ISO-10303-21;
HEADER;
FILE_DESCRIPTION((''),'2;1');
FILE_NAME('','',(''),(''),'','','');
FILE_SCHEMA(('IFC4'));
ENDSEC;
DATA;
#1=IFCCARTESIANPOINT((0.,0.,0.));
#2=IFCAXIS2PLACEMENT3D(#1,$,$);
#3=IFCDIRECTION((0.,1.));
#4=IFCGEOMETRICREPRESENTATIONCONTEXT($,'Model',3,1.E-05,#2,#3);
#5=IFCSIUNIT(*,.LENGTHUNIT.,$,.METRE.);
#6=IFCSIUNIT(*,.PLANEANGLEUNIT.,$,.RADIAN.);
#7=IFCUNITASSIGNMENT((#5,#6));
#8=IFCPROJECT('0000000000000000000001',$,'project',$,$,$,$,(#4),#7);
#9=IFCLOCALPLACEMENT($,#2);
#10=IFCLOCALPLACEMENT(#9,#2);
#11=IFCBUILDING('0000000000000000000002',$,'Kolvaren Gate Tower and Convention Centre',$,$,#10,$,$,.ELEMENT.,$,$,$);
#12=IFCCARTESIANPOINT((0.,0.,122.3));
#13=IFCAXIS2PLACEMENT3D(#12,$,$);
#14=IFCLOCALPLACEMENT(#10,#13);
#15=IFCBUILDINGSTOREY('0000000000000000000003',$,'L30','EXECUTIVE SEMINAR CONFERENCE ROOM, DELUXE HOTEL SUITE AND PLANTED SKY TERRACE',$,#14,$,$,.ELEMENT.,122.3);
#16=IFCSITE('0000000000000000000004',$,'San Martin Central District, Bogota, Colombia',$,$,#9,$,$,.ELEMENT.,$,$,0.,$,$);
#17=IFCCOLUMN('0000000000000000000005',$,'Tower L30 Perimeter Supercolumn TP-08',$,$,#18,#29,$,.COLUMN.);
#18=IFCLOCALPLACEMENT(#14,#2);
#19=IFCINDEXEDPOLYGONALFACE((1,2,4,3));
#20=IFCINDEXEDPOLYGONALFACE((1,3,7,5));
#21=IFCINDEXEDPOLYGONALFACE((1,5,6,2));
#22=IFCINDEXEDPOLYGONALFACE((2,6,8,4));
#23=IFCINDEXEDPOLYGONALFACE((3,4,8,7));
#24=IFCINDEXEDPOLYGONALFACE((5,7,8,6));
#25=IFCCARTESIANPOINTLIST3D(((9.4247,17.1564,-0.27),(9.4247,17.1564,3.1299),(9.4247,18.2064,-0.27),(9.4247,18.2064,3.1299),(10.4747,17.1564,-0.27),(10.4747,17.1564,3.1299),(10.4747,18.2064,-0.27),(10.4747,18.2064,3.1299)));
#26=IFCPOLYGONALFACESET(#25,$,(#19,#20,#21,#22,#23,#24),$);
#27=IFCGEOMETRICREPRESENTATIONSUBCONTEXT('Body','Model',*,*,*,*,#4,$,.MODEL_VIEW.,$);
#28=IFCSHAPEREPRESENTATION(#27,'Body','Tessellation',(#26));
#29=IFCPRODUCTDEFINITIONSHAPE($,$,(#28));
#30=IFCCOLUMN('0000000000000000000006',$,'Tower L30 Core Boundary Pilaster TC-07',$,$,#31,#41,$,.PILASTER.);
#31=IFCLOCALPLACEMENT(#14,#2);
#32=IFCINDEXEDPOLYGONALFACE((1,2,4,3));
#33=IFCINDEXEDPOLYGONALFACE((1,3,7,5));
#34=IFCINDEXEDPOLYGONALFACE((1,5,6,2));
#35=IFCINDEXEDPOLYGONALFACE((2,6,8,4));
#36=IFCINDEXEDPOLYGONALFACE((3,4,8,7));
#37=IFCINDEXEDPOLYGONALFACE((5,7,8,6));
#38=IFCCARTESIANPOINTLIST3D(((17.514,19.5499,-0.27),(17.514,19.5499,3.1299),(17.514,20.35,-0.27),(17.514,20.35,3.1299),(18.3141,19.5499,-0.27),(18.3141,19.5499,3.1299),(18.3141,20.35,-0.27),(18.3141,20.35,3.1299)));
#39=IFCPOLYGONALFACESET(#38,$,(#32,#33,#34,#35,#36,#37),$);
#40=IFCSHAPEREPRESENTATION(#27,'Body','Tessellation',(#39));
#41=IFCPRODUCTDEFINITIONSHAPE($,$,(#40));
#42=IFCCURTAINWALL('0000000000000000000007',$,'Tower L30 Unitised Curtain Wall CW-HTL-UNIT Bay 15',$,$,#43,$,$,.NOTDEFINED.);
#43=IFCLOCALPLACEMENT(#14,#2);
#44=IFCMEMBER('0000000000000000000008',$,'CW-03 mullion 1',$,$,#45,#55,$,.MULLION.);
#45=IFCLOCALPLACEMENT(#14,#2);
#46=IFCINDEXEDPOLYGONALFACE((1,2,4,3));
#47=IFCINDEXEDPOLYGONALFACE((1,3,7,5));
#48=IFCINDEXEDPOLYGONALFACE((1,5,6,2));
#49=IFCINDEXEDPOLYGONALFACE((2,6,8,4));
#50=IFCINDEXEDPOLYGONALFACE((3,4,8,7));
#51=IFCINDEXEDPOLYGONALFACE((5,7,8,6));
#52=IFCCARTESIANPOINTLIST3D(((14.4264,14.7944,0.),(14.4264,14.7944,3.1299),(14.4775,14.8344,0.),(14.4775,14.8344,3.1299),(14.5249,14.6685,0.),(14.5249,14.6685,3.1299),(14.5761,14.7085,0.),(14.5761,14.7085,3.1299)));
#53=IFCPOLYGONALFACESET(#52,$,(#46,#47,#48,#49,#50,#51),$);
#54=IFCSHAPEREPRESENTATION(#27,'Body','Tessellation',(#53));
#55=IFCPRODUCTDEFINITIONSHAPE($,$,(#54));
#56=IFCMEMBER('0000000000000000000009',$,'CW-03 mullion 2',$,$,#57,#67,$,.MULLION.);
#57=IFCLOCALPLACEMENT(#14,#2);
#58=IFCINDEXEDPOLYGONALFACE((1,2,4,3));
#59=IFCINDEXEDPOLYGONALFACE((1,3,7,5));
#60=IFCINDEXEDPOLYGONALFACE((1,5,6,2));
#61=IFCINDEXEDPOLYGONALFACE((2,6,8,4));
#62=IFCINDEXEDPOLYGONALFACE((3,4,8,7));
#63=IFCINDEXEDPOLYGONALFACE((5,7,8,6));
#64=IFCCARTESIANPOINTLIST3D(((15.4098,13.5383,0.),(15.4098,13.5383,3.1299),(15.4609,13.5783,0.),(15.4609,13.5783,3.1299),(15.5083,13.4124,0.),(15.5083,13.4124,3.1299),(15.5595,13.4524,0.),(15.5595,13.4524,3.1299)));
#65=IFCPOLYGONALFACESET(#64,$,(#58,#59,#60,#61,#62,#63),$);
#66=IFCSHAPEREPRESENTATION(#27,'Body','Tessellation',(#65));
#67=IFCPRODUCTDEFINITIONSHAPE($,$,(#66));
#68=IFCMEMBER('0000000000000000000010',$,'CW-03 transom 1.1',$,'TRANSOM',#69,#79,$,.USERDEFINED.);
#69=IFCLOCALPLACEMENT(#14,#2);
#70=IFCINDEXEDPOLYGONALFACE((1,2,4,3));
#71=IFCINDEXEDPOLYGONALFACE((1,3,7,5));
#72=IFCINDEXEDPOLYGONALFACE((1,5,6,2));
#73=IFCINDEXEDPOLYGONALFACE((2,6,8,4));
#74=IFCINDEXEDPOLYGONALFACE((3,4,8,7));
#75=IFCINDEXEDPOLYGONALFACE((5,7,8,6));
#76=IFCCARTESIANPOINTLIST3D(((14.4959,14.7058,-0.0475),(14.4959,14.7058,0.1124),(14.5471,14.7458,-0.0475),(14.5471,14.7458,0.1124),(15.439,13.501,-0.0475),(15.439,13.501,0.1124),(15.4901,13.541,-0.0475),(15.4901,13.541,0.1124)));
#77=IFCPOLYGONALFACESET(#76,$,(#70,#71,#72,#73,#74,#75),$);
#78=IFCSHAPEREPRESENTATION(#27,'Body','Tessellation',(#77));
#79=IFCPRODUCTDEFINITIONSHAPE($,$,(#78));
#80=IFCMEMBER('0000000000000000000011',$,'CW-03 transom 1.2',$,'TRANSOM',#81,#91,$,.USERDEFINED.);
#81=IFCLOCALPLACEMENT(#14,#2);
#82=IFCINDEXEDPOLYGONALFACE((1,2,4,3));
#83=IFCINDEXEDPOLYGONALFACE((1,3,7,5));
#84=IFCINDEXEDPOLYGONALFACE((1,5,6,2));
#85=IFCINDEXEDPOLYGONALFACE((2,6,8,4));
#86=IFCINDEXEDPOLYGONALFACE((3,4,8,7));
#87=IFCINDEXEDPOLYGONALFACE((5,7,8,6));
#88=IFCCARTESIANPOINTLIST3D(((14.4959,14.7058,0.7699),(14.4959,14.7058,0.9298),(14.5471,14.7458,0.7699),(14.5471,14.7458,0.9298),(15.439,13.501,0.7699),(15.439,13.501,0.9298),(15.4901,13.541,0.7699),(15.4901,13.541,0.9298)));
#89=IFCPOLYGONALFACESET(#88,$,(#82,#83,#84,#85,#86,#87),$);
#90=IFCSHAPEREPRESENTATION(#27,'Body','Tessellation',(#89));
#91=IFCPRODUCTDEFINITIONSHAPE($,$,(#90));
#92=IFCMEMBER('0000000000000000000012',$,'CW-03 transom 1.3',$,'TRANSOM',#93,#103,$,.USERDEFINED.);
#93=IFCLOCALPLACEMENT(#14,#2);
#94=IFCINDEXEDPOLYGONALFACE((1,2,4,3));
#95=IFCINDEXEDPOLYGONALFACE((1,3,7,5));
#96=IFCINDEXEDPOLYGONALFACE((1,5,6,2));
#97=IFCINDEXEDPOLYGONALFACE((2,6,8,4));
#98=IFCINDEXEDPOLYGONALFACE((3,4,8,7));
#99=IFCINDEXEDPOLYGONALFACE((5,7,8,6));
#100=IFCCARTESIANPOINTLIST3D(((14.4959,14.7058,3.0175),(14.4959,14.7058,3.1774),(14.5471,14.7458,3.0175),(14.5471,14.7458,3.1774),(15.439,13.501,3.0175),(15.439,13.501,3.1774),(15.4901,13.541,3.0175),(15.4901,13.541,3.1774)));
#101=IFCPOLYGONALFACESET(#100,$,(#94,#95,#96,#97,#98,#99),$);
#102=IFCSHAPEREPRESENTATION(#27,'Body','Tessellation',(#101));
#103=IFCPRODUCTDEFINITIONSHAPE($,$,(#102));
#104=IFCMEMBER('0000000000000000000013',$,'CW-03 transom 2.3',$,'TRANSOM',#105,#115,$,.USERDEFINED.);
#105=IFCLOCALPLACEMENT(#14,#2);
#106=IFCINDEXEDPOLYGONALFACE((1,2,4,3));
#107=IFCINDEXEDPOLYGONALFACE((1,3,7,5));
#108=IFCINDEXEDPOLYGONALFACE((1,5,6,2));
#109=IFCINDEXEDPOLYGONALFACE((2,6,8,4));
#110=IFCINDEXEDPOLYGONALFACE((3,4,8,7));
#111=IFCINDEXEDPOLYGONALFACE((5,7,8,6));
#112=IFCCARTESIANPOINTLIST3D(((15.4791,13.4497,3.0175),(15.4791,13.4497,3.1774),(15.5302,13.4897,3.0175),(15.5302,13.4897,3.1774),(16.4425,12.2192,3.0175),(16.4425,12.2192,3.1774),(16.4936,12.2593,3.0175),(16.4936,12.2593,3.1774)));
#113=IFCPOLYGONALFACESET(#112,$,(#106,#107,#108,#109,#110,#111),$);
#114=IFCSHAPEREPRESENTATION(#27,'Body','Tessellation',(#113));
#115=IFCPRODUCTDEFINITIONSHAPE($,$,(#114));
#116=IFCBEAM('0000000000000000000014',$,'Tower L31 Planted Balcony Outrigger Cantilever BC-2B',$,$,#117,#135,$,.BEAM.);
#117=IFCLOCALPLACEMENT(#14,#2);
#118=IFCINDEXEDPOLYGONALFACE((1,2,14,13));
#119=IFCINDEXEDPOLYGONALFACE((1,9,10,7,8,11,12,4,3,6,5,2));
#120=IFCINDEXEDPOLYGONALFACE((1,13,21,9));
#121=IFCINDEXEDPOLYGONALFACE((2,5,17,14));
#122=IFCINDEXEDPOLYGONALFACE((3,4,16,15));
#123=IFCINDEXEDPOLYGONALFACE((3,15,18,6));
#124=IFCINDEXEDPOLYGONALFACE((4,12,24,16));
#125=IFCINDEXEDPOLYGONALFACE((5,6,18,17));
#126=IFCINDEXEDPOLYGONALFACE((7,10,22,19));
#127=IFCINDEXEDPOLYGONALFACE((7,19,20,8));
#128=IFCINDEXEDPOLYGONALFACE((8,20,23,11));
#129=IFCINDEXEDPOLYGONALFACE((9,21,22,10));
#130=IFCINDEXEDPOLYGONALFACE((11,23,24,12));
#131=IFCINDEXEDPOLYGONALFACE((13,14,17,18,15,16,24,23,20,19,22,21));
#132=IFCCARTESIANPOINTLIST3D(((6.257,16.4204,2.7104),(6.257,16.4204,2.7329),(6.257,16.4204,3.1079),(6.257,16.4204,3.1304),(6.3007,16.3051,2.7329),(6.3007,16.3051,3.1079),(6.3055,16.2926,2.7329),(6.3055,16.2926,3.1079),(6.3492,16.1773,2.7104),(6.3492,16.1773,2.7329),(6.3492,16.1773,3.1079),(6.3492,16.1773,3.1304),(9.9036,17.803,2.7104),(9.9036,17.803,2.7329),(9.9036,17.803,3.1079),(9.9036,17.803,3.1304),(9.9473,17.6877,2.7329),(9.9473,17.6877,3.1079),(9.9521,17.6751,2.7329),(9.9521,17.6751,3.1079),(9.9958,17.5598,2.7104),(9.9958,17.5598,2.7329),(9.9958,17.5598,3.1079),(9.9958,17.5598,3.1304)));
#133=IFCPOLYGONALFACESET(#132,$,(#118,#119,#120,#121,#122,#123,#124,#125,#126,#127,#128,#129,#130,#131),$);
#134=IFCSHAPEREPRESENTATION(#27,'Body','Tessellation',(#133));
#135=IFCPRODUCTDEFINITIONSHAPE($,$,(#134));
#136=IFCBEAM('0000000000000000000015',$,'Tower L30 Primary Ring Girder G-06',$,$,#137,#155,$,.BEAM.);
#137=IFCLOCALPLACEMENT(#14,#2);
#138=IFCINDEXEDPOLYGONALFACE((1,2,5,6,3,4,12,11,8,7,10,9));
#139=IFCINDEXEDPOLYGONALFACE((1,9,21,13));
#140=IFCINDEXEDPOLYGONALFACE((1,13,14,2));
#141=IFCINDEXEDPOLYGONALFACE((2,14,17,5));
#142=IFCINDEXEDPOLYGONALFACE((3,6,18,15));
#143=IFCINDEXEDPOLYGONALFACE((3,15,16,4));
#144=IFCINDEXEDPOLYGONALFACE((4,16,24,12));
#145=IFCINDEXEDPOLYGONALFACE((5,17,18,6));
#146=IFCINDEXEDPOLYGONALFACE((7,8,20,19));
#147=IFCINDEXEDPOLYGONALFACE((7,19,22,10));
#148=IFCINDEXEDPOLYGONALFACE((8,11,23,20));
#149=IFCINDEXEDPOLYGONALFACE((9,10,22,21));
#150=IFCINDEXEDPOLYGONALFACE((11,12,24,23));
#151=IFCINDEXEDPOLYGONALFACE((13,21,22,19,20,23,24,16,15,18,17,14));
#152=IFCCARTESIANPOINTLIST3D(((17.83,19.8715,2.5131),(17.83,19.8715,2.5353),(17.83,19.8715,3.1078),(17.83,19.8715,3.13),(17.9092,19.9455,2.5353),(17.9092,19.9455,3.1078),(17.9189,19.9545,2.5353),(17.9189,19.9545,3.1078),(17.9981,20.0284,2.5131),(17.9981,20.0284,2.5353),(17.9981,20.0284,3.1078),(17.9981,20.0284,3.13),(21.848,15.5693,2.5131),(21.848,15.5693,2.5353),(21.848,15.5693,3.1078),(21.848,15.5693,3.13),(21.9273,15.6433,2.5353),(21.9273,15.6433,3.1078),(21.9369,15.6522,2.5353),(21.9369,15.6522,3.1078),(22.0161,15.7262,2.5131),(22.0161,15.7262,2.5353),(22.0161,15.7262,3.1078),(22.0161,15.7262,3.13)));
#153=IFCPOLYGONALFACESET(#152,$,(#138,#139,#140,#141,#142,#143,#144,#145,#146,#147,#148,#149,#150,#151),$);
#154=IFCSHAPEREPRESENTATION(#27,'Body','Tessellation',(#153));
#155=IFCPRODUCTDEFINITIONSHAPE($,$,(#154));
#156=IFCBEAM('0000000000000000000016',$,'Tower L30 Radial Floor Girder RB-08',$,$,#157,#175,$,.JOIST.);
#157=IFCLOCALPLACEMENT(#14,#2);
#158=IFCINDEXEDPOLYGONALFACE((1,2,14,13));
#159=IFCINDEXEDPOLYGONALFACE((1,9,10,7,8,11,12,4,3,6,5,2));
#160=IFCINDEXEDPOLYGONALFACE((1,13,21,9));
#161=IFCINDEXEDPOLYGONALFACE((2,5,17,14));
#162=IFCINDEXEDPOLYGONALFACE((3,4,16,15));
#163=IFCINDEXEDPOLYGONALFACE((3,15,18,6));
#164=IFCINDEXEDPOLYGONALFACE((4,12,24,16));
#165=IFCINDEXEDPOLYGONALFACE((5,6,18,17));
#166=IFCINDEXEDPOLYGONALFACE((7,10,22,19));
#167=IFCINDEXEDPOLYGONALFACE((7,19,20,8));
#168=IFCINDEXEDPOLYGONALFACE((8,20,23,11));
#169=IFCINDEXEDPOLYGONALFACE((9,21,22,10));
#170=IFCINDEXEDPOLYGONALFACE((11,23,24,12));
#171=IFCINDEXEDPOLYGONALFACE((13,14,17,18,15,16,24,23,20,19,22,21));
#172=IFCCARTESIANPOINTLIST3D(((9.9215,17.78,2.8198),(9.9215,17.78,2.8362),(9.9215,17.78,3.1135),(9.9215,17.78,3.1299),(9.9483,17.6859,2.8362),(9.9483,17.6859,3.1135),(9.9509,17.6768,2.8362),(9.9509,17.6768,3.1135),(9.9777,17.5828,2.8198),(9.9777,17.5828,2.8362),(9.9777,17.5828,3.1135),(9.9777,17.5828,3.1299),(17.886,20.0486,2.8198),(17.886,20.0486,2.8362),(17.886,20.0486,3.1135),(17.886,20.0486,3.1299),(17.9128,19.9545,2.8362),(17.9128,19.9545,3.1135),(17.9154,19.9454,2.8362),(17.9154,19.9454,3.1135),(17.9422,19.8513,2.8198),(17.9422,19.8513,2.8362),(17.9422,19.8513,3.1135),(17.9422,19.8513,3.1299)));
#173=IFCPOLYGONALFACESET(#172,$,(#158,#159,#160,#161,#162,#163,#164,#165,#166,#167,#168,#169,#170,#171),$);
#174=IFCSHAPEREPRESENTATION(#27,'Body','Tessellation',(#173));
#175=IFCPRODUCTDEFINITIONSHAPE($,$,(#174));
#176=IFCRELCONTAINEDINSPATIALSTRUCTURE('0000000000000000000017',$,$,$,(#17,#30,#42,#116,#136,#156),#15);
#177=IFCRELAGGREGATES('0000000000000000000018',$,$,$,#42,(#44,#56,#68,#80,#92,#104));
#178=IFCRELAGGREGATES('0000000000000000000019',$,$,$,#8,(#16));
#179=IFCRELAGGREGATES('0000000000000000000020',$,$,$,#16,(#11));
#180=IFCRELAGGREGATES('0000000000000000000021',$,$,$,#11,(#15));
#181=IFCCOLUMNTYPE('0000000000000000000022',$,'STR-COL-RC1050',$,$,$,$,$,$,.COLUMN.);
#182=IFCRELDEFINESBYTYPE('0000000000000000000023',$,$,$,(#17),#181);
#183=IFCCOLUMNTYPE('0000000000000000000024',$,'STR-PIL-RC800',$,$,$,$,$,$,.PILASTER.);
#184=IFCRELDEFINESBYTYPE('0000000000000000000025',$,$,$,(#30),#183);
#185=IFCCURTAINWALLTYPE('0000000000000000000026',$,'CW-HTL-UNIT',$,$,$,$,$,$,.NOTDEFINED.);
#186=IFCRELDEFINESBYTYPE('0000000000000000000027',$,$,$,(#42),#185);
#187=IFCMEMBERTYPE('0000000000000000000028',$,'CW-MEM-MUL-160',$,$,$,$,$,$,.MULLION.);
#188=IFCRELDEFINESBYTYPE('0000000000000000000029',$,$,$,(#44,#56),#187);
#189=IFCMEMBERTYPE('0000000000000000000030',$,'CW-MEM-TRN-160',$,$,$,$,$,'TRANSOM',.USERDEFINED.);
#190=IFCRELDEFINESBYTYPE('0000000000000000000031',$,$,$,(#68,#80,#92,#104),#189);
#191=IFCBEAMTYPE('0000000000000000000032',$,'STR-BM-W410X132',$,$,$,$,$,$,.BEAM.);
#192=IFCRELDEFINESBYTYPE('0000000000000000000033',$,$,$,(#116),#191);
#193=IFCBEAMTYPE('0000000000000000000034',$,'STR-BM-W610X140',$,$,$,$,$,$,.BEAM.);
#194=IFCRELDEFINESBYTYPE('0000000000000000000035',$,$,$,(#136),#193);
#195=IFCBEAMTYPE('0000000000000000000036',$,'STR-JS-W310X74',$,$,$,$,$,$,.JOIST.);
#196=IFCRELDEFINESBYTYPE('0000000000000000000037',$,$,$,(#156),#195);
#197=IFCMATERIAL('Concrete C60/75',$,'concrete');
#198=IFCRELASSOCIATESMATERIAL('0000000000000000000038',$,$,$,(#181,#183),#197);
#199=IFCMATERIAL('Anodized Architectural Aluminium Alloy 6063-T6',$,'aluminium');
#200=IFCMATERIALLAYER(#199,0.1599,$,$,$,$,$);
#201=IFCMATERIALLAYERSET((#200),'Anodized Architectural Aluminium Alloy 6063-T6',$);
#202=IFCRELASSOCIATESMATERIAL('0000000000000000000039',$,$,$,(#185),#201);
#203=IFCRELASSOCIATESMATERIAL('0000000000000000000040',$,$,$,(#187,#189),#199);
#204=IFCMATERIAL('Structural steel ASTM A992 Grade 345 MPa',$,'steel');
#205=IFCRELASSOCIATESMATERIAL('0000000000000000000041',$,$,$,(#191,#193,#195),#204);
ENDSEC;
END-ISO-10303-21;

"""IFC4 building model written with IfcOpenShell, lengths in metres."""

from ifc_helpers import new_model, si_unit, direction, frame, origin, origin_2d, place, context, subcontext, project, spatial, rectangle, i_section, extrude, material, layer, layer_set, material_profile, profile_set, type_object, element, aggregate, save


model = new_model("IFC4")

# Units and contexts
model_context = context("Model", 3, precision=1e-05, world=origin(), true_north=direction((0.0, 1.0)))
body_context = subcontext(model_context, "Body", "Model", "MODEL_VIEW")
ifc_project = project(units=[si_unit("LENGTHUNIT", "METRE"), si_unit("PLANEANGLEUNIT", "RADIAN")], contexts=[model_context])

# Site, building, storey
site_placement = place(None, origin())
site = spatial("IfcSite", under=ifc_project, at=site_placement, Name="San Martin Central District, Bogota, Colombia", CompositionType="ELEMENT", RefElevation=0.0)
building_placement = place(site_placement, origin())
building = spatial("IfcBuilding", under=site, at=building_placement, Name="Kolvaren Gate Tower and Convention Centre", CompositionType="ELEMENT")
storey_placement = place(building_placement, frame((0.0, 0.0, 122.3)))
storey = spatial("IfcBuildingStorey", under=building, at=storey_placement, Name="L30", Description="EXECUTIVE SEMINAR CONFERENCE ROOM, DELUXE HOTEL SUITE AND PLANTED SKY TERRACE", CompositionType="ELEMENT", Elevation=122.3)

# Columns
ifc_material_1 = material(Name="Concrete C60/75", Category="concrete")
ifc_material_profile_1 = material_profile(ifc_material_1, rectangle(XDim=1.05, YDim=1.05, at=origin_2d()), Name="RC-COL-1050X1050")
ifc_profile_set_1 = profile_set([ifc_material_profile_1], Name="Concrete C60/75")
column_type_1 = type_object("IfcColumnType", Name="STR-COL-RC1050", PredefinedType="COLUMN", material=ifc_profile_set_1)
column_1_placement = place(storey_placement, frame((9.9497, 17.6814, -0.27), z_axis=(0.0, 0.0, 1.0), x_axis=(1.0, 0.0, 0.0)))
element("IfcColumn", 1, at=column_1_placement, inside=storey, type_object=column_type_1, Name="Tower L30 Perimeter Supercolumn TP-08", PredefinedType="COLUMN", context=body_context, shape_type="SweptSolid", body=[
    extrude(rectangle(XDim=1.05, YDim=1.05, at=origin_2d()), origin(), (0.0, 0.0, 1.0), 3.3999),
])
ifc_material_profile_2 = material_profile(ifc_material_1, rectangle(XDim=0.8, YDim=0.8, at=origin_2d()), Name="RC-COL-800X800")
ifc_profile_set_2 = profile_set([ifc_material_profile_2], Name="Concrete C60/75")
column_type_2 = type_object("IfcColumnType", Name="STR-PIL-RC800", PredefinedType="PILASTER", material=ifc_profile_set_2)
column_2_placement = place(storey_placement, frame((17.9141, 19.95, -0.27), z_axis=(0.0, 0.0, 1.0), x_axis=(1.0, 0.0, 0.0)))
element("IfcColumn", 2, at=column_2_placement, inside=storey, type_object=column_type_2, Name="Tower L30 Core Boundary Pilaster TC-07", PredefinedType="PILASTER", context=body_context, shape_type="SweptSolid", body=[
    extrude(rectangle(XDim=0.8, YDim=0.8, at=origin_2d()), origin(), (0.0, 0.0, 1.0), 3.3999),
])

# Curtain wall, members
ifc_material_2 = material(Name="Anodized Architectural Aluminium Alloy 6063-T6", Category="aluminium")
ifc_layer_1 = layer(ifc_material_2, 0.1599)
ifc_layer_set_1 = layer_set([ifc_layer_1], Name="Anodized Architectural Aluminium Alloy 6063-T6")
curtain_wall_type = type_object("IfcCurtainWallType", Name="CW-HTL-UNIT", PredefinedType="NOTDEFINED", material=ifc_layer_set_1)
curtain_wall_placement = place(storey_placement, origin())
curtain_wall = element("IfcCurtainWall", 3, at=curtain_wall_placement, inside=storey, type_object=curtain_wall_type, Name="Tower L30 Unitised Curtain Wall CW-HTL-UNIT Bay 15", PredefinedType="NOTDEFINED")
ifc_material_profile_3 = material_profile(ifc_material_2, rectangle(XDim=0.0649, YDim=0.1599, at=origin_2d()), Name="CW-MEM-MUL-160")
ifc_profile_set_3 = profile_set([ifc_material_profile_3], Name="Anodized Architectural Aluminium Alloy 6063-T6")
member_type_1 = type_object("IfcMemberType", Name="CW-MEM-MUL-160", PredefinedType="MULLION", material=ifc_profile_set_3)
member_1_placement = place(storey_placement, frame((14.5012, 14.7515, 0.0), z_axis=(0.0, 0.0, 1.0), x_axis=(0.787411, 0.616429, 0.0)))
member_1 = element("IfcMember", 4, at=member_1_placement, type_object=member_type_1, Name="CW-03 mullion 1", PredefinedType="MULLION", context=body_context, shape_type="SweptSolid", body=[
    extrude(rectangle(XDim=0.0649, YDim=0.1599, at=origin_2d()), origin(), (0.0, 0.0, 1.0), 3.1299),
])
member_2_placement = place(storey_placement, frame((15.4846, 13.4954, 0.0), z_axis=(0.0, 0.0, 1.0), x_axis=(0.787411, 0.616429, 0.0)))
member_2 = element("IfcMember", 5, at=member_2_placement, type_object=member_type_1, Name="CW-03 mullion 2", PredefinedType="MULLION", context=body_context, shape_type="SweptSolid", body=[
    extrude(rectangle(XDim=0.0649, YDim=0.1599, at=origin_2d()), origin(), (0.0, 0.0, 1.0), 3.1299),
])
ifc_material_profile_4 = material_profile(ifc_material_2, rectangle(XDim=0.0649, YDim=0.1599, at=origin_2d()), Name="CW-MEM-TRN-160")
ifc_profile_set_4 = profile_set([ifc_material_profile_4], Name="Anodized Architectural Aluminium Alloy 6063-T6")
member_type_2 = type_object("IfcMemberType", Name="CW-MEM-TRN-160", ElementType="TRANSOM", PredefinedType="USERDEFINED", material=ifc_profile_set_4)
member_3_placement = place(storey_placement, frame((14.5215, 14.7258, 0.0325), z_axis=(0.61639, -0.787441, 0.0), x_axis=(0.787441, 0.61639, 0.0)))
member_3 = element("IfcMember", 6, at=member_3_placement, type_object=member_type_2, Name="CW-03 transom 1.1", ObjectType="TRANSOM", PredefinedType="USERDEFINED", context=body_context, shape_type="SweptSolid", body=[
    extrude(rectangle(XDim=0.0649, YDim=0.1599, at=origin_2d()), origin(), (0.0, 0.0, 1.0), 1.53),
])
member_4_placement = place(storey_placement, frame((14.5215, 14.7258, 0.8499), z_axis=(0.61639, -0.787441, 0.0), x_axis=(0.787441, 0.61639, 0.0)))
member_4 = element("IfcMember", 7, at=member_4_placement, type_object=member_type_2, Name="CW-03 transom 1.2", ObjectType="TRANSOM", PredefinedType="USERDEFINED", context=body_context, shape_type="SweptSolid", body=[
    extrude(rectangle(XDim=0.0649, YDim=0.1599, at=origin_2d()), origin(), (0.0, 0.0, 1.0), 1.53),
])
member_5_placement = place(storey_placement, frame((14.5215, 14.7258, 3.0974), z_axis=(0.61639, -0.787441, 0.0), x_axis=(0.787441, 0.61639, 0.0)))
member_5 = element("IfcMember", 8, at=member_5_placement, type_object=member_type_2, Name="CW-03 transom 1.3", ObjectType="TRANSOM", PredefinedType="USERDEFINED", context=body_context, shape_type="SweptSolid", body=[
    extrude(rectangle(XDim=0.0649, YDim=0.1599, at=origin_2d()), origin(), (0.0, 0.0, 1.0), 1.53),
])
member_6_placement = place(storey_placement, frame((15.5046, 13.4697, 3.0974), z_axis=(0.616468, -0.78738, 0.0), x_axis=(0.78738, 0.616468, 0.0)))
member_6 = element("IfcMember", 9, at=member_6_placement, type_object=member_type_2, Name="CW-03 transom 2.3", ObjectType="TRANSOM", PredefinedType="USERDEFINED", context=body_context, shape_type="SweptSolid", body=[
    extrude(rectangle(XDim=0.0649, YDim=0.1599, at=origin_2d()), origin(), (0.0, 0.0, 1.0), 1.5627),
])

# Beams
ifc_material_3 = material(Name="Structural steel ASTM A992 Grade 345 MPa", Category="steel")
ifc_material_profile_5 = material_profile(ifc_material_3, i_section(OverallWidth=0.26, OverallDepth=0.4199, WebThickness=0.0134, FlangeThickness=0.0225, at=origin_2d()), Name="W410X132")
ifc_profile_set_5 = profile_set([ifc_material_profile_5], Name="Structural steel ASTM A992 Grade 345 MPa")
beam_type_1 = type_object("IfcBeamType", Name="STR-BM-W410X132", PredefinedType="BEAM", material=ifc_profile_set_5)
beam_1_placement = place(storey_placement, frame((9.9497, 17.6814, 2.9204), z_axis=(-0.935055, -0.354503, 0.0), x_axis=(0.354503, -0.935055, 0.0)))
element("IfcBeam", 10, at=beam_1_placement, inside=storey, type_object=beam_type_1, Name="Tower L31 Planted Balcony Outrigger Cantilever BC-2B", PredefinedType="BEAM", context=body_context, shape_type="SweptSolid", body=[
    extrude(i_section(OverallWidth=0.26, OverallDepth=0.4199, WebThickness=0.0134, FlangeThickness=0.0225, at=origin_2d()), origin(), (0.0, 0.0, 1.0), 3.8999),
])
ifc_material_profile_6 = material_profile(ifc_material_3, i_section(OverallWidth=0.23, OverallDepth=0.6169, WebThickness=0.0132, FlangeThickness=0.0222, at=origin_2d()), Name="W610X140")
ifc_profile_set_6 = profile_set([ifc_material_profile_6], Name="Structural steel ASTM A992 Grade 345 MPa")
beam_type_2 = type_object("IfcBeamType", Name="STR-BM-W610X140", PredefinedType="BEAM", material=ifc_profile_set_6)
beam_2_placement = place(storey_placement, frame((17.9141, 19.95, 2.8215), z_axis=(0.682558, -0.730832, 0.0), x_axis=(0.730832, 0.682558, 0.0)))
element("IfcBeam", 11, at=beam_2_placement, inside=storey, type_object=beam_type_2, Name="Tower L30 Primary Ring Girder G-06", PredefinedType="BEAM", context=body_context, shape_type="SweptSolid", body=[
    extrude(i_section(OverallWidth=0.23, OverallDepth=0.6169, WebThickness=0.0132, FlangeThickness=0.0222, at=origin_2d()), origin(), (0.0, 0.0, 1.0), 5.8867),
])
ifc_material_profile_7 = material_profile(ifc_material_3, i_section(OverallWidth=0.2051, OverallDepth=0.3101, WebThickness=0.0095, FlangeThickness=0.0164, at=origin_2d()), Name="W310X74")
ifc_profile_set_7 = profile_set([ifc_material_profile_7], Name="Structural steel ASTM A992 Grade 345 MPa")
beam_type_3 = type_object("IfcBeamType", Name="STR-JS-W310X74", PredefinedType="JOIST", material=ifc_profile_set_7)
beam_3_placement = place(storey_placement, frame((17.9141, 19.95, 2.9749), z_axis=(-0.961746, -0.273942, 0.0), x_axis=(0.273942, -0.961746, 0.0)))
element("IfcBeam", 12, at=beam_3_placement, inside=storey, type_object=beam_type_3, Name="Tower L30 Radial Floor Girder RB-08", PredefinedType="JOIST", context=body_context, shape_type="SweptSolid", body=[
    extrude(i_section(OverallWidth=0.2051, OverallDepth=0.3101, WebThickness=0.0095, FlangeThickness=0.0164, at=origin_2d()), origin(), (0.0, 0.0, 1.0), 8.2812),
])

aggregate(curtain_wall, [member_1, member_2, member_3, member_4, member_5, member_6])

save(model, "model.ifc")
